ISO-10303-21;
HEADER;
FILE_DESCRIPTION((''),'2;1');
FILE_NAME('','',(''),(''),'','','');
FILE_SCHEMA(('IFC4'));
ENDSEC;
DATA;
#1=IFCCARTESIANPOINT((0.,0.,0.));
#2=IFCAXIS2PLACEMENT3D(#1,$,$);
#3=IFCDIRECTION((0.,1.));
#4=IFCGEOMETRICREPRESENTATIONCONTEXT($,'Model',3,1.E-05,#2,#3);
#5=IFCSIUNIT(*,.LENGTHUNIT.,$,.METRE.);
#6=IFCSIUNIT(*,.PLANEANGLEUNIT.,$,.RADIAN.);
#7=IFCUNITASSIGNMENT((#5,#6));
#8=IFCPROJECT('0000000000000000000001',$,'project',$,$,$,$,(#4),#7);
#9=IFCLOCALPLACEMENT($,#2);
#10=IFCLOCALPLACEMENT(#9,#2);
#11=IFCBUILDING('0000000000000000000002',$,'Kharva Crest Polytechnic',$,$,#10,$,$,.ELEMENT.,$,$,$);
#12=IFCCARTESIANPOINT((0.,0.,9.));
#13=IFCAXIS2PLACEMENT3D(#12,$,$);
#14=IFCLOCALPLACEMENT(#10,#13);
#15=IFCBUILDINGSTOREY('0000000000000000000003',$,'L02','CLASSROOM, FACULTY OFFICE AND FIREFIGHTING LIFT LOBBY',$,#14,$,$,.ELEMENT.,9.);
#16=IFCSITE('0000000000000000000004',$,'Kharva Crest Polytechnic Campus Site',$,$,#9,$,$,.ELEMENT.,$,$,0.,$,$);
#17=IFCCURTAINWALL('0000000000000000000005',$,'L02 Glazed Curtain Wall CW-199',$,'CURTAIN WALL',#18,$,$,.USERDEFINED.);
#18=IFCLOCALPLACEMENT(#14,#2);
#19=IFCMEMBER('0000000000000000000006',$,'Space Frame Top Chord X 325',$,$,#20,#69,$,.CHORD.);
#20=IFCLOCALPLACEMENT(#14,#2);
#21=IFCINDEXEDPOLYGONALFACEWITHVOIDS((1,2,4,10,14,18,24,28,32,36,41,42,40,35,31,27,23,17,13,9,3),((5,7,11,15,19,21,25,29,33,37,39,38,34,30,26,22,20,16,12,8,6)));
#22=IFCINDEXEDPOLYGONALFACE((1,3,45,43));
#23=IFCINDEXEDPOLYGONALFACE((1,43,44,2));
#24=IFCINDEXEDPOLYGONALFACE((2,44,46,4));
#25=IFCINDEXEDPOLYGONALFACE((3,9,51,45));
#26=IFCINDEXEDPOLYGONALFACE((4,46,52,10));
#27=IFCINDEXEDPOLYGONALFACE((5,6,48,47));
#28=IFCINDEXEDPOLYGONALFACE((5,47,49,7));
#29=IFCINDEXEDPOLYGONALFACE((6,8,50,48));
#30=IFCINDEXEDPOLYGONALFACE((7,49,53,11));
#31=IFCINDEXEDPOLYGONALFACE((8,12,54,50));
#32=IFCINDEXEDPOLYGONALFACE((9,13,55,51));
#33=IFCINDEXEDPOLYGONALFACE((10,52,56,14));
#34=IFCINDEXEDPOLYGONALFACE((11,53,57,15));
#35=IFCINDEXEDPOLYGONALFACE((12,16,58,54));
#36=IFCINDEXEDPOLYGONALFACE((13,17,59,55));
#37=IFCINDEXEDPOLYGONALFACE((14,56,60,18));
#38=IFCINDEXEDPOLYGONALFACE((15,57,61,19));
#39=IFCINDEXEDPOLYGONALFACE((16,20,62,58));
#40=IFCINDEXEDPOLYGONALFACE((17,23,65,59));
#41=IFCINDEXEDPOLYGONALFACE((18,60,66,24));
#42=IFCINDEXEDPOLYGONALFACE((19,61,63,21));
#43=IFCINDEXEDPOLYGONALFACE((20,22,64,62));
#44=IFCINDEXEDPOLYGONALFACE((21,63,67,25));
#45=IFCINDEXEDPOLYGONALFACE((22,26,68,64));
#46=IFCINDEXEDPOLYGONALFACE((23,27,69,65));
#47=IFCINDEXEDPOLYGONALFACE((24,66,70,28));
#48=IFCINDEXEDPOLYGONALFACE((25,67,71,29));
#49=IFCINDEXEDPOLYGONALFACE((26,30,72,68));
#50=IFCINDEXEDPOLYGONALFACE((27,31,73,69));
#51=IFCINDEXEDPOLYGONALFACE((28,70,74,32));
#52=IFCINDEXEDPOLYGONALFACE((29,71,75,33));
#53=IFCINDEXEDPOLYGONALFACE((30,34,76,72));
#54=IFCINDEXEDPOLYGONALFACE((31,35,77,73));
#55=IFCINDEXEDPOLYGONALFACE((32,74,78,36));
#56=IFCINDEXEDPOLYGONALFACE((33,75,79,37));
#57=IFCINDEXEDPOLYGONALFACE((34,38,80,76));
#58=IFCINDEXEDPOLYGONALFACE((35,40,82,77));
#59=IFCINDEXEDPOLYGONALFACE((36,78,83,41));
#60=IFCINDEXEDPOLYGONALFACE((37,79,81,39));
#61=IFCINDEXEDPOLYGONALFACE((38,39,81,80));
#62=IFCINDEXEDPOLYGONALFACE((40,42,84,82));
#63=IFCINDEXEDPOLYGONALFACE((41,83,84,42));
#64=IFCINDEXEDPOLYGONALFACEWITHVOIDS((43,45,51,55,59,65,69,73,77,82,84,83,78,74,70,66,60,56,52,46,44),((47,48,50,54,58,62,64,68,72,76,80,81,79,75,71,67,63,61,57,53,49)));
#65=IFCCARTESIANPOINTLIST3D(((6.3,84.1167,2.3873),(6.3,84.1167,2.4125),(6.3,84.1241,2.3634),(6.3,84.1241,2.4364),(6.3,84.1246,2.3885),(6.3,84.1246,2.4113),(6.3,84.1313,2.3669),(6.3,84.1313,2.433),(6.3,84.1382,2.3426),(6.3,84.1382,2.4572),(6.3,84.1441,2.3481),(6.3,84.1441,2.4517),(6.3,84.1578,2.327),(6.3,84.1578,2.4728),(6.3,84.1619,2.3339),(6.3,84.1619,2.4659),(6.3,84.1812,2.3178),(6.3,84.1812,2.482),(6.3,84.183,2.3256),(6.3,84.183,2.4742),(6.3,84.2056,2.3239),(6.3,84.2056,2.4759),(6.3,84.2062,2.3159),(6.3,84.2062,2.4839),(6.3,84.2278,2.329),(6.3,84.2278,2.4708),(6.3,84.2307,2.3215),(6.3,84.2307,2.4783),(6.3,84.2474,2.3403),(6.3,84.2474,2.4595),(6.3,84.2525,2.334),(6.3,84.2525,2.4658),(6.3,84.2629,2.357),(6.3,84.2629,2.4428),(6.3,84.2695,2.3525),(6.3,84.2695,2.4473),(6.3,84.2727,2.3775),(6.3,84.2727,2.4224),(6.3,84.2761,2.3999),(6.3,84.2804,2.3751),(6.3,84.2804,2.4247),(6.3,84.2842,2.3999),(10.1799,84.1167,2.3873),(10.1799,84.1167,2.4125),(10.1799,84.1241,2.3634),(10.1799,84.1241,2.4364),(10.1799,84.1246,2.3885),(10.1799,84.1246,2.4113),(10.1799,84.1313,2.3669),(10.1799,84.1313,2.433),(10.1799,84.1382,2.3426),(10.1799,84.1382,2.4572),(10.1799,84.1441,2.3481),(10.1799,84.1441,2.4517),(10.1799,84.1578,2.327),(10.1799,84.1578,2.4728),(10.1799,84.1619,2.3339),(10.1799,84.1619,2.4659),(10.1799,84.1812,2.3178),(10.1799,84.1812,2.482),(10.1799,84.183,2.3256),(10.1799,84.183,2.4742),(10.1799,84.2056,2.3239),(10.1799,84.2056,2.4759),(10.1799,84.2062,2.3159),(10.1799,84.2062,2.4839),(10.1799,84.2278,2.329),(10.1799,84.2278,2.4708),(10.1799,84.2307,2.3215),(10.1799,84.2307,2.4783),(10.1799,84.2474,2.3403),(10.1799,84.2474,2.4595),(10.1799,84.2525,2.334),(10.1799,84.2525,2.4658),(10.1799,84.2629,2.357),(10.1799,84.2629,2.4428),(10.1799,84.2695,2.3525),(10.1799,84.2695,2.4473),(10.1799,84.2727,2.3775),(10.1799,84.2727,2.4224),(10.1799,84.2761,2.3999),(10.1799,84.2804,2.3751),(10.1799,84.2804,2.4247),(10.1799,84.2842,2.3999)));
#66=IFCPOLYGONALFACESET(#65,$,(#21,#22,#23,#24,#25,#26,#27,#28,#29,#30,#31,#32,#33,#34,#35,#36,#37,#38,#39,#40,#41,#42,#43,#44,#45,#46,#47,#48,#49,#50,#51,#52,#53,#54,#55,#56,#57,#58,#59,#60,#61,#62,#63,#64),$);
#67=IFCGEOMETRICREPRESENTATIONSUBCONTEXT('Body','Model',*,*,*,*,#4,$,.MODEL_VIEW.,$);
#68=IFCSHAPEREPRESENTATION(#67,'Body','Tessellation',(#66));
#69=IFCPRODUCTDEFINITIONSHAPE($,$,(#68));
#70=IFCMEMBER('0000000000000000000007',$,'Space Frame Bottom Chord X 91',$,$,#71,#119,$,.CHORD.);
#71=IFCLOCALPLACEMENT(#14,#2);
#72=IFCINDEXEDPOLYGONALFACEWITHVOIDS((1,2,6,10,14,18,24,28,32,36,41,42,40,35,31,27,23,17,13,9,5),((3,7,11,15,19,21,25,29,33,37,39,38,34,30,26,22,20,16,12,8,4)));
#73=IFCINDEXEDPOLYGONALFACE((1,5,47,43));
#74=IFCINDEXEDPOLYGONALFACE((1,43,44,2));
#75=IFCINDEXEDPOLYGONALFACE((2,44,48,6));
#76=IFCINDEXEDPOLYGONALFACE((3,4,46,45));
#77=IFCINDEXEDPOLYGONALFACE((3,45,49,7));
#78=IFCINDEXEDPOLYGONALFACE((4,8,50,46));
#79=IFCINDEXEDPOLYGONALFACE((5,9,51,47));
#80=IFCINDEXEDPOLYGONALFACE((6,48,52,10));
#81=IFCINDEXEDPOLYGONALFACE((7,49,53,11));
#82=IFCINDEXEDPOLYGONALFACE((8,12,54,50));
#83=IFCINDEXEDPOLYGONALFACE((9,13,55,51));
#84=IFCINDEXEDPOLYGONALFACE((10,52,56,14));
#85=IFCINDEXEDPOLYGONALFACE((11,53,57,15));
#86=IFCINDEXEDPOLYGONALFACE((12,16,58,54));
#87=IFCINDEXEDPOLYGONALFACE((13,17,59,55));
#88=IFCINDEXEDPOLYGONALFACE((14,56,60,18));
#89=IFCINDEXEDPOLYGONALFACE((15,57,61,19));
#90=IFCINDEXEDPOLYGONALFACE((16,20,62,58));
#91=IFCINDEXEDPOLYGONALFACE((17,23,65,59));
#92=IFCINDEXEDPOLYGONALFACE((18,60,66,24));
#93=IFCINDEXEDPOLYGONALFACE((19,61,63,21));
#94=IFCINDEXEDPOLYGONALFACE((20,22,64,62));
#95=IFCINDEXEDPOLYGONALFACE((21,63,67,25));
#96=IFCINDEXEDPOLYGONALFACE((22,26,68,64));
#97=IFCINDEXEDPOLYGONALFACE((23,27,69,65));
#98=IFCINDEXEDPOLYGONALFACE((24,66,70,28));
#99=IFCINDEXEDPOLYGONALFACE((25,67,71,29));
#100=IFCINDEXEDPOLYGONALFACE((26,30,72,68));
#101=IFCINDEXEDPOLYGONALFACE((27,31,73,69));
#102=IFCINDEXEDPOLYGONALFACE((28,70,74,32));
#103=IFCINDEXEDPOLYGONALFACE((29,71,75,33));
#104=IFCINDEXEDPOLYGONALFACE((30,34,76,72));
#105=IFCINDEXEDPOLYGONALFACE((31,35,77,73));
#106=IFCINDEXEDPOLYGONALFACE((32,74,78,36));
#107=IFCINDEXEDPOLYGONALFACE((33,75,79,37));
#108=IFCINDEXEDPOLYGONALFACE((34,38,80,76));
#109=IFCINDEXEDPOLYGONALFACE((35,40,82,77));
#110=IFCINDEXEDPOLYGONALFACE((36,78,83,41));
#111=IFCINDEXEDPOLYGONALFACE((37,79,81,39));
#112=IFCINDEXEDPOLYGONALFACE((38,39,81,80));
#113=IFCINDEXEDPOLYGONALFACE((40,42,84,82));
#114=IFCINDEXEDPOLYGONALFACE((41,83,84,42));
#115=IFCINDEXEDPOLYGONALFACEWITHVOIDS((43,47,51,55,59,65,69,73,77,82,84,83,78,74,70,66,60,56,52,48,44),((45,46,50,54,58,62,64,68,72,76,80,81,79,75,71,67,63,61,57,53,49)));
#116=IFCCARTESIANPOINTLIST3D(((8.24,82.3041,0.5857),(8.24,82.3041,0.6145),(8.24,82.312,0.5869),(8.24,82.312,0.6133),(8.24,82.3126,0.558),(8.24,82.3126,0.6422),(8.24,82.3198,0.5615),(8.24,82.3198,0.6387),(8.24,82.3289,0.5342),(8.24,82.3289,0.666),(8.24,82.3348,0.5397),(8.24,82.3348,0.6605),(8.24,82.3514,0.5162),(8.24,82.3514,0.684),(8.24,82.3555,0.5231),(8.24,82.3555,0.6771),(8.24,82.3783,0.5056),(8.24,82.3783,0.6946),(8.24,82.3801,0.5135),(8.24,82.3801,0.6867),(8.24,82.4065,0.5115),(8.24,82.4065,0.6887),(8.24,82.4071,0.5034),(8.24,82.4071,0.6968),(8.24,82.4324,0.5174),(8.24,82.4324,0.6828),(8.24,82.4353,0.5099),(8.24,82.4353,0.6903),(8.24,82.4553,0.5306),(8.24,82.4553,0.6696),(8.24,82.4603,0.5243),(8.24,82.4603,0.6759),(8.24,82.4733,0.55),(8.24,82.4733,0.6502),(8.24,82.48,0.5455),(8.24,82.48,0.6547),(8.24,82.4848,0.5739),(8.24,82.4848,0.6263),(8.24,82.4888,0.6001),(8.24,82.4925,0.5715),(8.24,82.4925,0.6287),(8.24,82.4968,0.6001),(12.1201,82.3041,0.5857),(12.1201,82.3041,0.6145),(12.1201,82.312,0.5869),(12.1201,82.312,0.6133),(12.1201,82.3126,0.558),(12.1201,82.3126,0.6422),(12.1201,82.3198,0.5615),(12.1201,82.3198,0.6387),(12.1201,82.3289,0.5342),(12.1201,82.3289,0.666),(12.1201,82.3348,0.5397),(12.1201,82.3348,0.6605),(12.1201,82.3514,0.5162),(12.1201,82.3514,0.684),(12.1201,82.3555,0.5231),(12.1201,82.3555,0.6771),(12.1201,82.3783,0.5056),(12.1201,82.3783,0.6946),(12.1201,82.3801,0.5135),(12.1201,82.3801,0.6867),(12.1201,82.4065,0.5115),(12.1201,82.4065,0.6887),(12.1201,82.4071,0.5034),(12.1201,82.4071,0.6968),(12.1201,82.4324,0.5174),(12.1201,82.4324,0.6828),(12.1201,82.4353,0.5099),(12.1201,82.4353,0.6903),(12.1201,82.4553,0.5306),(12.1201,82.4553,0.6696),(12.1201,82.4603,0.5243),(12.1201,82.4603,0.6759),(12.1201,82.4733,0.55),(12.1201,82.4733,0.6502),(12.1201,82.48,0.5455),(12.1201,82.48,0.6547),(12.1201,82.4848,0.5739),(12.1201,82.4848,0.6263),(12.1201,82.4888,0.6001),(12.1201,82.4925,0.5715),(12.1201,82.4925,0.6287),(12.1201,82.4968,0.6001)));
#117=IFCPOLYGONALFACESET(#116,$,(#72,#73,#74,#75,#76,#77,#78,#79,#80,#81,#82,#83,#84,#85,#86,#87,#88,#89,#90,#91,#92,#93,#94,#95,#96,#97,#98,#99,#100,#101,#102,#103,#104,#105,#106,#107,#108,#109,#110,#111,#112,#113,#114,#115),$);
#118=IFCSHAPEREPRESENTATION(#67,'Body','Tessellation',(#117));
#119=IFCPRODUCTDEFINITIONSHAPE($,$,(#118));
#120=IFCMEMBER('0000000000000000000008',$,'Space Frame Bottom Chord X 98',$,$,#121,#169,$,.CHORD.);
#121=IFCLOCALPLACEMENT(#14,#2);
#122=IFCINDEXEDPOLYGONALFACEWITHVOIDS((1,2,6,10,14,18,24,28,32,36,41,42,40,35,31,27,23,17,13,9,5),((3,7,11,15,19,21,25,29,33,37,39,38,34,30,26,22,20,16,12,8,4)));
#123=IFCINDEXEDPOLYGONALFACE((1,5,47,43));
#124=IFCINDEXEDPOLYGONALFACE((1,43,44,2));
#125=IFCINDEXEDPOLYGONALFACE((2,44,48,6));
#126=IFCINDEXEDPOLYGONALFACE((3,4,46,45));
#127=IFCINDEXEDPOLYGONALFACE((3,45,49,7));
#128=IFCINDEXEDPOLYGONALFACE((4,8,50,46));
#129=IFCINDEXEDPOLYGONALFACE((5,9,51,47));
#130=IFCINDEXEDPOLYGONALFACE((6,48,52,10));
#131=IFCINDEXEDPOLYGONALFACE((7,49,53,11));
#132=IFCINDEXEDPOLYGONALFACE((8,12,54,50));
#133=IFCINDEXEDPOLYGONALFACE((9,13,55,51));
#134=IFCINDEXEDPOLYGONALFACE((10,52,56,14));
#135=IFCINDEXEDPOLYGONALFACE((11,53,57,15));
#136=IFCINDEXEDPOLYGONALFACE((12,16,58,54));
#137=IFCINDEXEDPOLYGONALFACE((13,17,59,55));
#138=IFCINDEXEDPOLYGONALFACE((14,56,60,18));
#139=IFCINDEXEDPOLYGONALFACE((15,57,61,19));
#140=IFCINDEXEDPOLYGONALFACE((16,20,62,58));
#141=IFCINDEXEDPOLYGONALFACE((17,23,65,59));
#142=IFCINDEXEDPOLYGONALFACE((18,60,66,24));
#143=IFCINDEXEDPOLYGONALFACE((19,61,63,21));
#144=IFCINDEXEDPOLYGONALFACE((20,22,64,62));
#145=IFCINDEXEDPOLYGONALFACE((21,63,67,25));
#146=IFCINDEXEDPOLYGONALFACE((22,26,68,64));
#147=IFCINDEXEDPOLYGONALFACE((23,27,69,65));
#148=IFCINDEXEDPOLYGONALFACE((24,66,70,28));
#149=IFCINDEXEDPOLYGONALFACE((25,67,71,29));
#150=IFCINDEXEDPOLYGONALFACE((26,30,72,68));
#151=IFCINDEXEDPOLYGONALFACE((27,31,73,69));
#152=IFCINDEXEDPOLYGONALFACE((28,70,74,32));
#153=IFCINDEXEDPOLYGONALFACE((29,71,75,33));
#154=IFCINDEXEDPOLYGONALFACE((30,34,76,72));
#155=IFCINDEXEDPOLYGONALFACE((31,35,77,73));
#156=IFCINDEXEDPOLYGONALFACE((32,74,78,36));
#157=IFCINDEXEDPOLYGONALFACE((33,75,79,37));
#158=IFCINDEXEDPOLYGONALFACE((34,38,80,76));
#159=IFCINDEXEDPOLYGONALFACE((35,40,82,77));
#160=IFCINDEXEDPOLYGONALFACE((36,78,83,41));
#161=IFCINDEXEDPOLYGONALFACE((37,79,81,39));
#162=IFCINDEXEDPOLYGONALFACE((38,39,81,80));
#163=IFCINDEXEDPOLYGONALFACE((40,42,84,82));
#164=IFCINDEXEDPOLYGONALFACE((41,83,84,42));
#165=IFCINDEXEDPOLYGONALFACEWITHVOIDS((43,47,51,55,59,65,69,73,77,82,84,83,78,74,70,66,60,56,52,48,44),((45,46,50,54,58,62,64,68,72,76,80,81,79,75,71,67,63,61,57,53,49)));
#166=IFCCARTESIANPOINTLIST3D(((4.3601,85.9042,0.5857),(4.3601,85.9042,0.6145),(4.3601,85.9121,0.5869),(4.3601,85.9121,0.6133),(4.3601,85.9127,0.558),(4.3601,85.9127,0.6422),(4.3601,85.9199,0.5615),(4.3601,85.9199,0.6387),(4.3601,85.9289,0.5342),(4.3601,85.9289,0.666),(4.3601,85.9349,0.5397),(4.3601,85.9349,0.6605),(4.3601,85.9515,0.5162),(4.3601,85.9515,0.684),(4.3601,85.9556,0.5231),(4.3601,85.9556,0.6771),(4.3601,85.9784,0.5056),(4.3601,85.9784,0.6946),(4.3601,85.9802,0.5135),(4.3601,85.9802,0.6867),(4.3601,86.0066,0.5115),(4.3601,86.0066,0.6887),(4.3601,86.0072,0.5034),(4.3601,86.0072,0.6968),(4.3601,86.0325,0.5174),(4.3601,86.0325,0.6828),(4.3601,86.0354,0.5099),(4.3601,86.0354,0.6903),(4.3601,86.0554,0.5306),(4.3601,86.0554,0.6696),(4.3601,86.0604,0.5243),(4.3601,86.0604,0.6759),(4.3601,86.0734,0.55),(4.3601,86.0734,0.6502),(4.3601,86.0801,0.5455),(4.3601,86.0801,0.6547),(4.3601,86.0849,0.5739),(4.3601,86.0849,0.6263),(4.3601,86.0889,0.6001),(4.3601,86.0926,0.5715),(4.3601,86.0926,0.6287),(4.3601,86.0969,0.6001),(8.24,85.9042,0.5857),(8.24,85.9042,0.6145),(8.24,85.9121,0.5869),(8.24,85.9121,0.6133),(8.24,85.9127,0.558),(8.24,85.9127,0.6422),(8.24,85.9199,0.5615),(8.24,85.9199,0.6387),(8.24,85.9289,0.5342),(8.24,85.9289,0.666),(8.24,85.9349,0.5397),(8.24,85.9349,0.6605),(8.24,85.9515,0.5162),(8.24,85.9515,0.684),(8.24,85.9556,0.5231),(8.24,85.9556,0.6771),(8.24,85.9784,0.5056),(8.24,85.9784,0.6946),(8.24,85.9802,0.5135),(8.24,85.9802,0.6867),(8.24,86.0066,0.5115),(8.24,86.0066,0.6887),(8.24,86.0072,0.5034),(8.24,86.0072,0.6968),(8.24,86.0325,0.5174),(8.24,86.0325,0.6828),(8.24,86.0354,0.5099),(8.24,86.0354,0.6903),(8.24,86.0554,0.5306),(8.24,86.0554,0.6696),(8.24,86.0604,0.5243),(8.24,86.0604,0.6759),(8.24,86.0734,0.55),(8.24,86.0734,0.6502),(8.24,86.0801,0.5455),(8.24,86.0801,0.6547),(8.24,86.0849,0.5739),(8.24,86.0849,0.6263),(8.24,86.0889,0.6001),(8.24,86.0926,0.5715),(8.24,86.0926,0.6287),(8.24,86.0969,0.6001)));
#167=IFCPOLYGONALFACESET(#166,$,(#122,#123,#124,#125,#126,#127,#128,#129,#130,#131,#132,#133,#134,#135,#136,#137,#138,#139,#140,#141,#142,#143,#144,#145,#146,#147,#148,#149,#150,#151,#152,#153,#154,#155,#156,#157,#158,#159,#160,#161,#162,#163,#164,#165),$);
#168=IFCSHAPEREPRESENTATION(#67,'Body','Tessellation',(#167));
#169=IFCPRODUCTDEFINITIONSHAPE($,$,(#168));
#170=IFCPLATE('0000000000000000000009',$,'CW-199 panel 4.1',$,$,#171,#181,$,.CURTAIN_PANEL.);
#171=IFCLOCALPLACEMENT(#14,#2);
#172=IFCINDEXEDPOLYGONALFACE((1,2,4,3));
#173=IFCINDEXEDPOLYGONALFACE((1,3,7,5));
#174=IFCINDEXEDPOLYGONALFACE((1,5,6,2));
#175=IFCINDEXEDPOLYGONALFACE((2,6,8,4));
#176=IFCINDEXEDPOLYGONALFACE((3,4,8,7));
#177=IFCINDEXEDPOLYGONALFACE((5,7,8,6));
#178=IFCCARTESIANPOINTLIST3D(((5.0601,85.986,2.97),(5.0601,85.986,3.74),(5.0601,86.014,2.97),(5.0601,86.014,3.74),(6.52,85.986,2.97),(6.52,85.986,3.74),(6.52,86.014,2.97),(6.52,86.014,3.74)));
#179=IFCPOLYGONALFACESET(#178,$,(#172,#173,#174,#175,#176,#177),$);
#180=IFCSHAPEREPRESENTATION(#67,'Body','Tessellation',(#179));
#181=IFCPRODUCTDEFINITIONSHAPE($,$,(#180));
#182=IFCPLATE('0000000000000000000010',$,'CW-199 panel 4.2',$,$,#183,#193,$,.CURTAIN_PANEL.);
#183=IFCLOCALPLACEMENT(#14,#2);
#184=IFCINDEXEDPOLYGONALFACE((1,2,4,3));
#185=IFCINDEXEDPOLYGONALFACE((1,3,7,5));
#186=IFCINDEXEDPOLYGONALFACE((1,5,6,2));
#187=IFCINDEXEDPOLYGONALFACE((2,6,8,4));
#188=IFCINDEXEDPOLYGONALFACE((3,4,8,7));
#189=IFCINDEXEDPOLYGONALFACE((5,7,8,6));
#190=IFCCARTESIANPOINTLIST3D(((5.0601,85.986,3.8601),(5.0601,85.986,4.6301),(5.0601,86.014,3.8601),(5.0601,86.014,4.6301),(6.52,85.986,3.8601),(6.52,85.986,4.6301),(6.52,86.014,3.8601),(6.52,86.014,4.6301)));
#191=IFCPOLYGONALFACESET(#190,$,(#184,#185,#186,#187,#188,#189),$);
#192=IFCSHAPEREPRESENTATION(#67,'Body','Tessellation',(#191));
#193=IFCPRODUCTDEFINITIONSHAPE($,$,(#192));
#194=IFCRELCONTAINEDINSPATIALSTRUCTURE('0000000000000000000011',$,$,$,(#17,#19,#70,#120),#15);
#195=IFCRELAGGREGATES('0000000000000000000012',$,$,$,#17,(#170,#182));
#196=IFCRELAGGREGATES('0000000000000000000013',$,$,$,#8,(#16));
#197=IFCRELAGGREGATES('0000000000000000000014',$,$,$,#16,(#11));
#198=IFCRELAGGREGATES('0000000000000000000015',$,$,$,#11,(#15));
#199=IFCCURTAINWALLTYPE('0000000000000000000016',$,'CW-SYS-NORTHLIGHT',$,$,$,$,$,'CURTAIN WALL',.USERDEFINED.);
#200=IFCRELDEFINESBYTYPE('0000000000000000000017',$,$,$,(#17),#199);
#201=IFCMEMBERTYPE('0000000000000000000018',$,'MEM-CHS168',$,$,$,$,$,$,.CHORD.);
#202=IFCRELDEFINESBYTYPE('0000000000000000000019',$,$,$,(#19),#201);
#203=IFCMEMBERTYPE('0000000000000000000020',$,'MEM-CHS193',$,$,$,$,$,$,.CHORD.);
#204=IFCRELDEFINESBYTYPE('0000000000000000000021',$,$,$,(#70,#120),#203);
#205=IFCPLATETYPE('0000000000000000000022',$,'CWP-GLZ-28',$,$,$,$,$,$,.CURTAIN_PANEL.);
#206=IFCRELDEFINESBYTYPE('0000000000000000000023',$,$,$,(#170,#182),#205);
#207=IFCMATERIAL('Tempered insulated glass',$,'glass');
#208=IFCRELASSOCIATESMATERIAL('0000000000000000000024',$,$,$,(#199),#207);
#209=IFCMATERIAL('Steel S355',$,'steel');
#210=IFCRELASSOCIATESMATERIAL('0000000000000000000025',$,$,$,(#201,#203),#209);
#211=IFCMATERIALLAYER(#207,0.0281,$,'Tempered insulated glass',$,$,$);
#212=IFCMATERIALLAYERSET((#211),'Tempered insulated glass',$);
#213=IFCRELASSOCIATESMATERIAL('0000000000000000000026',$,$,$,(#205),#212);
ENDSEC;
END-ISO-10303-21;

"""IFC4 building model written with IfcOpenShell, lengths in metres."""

from ifc_helpers import new_model, si_unit, direction, frame, origin, origin_2d, place, context, subcontext, project, spatial, rectangle, hollow_circle, extrude, material, layer, layer_set, material_profile, profile_set, type_object, element, aggregate, save


model = new_model("IFC4")

# Units and contexts
model_context = context("Model", 3, precision=1e-05, world=origin(), true_north=direction((0.0, 1.0)))
body_context = subcontext(model_context, "Body", "Model", "MODEL_VIEW")
ifc_project = project(units=[si_unit("LENGTHUNIT", "METRE"), si_unit("PLANEANGLEUNIT", "RADIAN")], contexts=[model_context])

# Site, building, storey
site_placement = place(None, origin())
site = spatial("IfcSite", under=ifc_project, at=site_placement, Name="Kharva Crest Polytechnic Campus Site", CompositionType="ELEMENT", RefElevation=0.0)
building_placement = place(site_placement, origin())
building = spatial("IfcBuilding", under=site, at=building_placement, Name="Kharva Crest Polytechnic", CompositionType="ELEMENT")
storey_placement = place(building_placement, frame((0.0, 0.0, 9.0)))
storey = spatial("IfcBuildingStorey", under=building, at=storey_placement, Name="L02", Description="CLASSROOM, FACULTY OFFICE AND FIREFIGHTING LIFT LOBBY", CompositionType="ELEMENT", Elevation=9.0)

# Curtain wall
ifc_material_1 = material(Name="Tempered insulated glass", Category="glass")
curtain_wall_type = type_object("IfcCurtainWallType", Name="CW-SYS-NORTHLIGHT", ElementType="CURTAIN WALL", PredefinedType="USERDEFINED", material=ifc_material_1)
curtain_wall_placement = place(storey_placement, origin())
curtain_wall = element("IfcCurtainWall", 1, at=curtain_wall_placement, inside=storey, type_object=curtain_wall_type, Name="L02 Glazed Curtain Wall CW-199", ObjectType="CURTAIN WALL", PredefinedType="USERDEFINED")
ifc_material_2 = material(Name="Steel S355", Category="steel")

# Members
ifc_material_profile_1 = material_profile(ifc_material_2, hollow_circle(Radius=0.0842, WallThickness=0.0081, at=origin_2d()), Name="CHS 168.3X8.0")
ifc_profile_set_1 = profile_set([ifc_material_profile_1], Name="Steel S355")
member_type_1 = type_object("IfcMemberType", Name="MEM-CHS168", PredefinedType="CHORD", material=ifc_profile_set_1)
for number, where, z_axis, x_axis, name in (
    (2, (6.3, 84.2, 2.3999), (1.0, 0.0, 0.0), (0.0, 1.0, 0.0), "Space Frame Top Chord X 325"),
):
    element("IfcMember", number, at=place(storey_placement, frame(where, z_axis=z_axis, x_axis=x_axis)), inside=storey, type_object=member_type_1, Name=name, PredefinedType="CHORD", context=body_context, shape_type="SweptSolid", body=[
        extrude(hollow_circle(Radius=0.0842, WallThickness=0.0081, at=origin_2d()), origin(), (0.0, 0.0, 1.0), 3.8799),
    ])
ifc_material_profile_2 = material_profile(ifc_material_2, hollow_circle(Radius=0.0969, WallThickness=0.0081, at=origin_2d()), Name="CHS 193.7X8.0")
ifc_profile_set_2 = profile_set([ifc_material_profile_2], Name="Steel S355")
member_type_2 = type_object("IfcMemberType", Name="MEM-CHS193", PredefinedType="CHORD", material=ifc_profile_set_2)
member_1_placement = place(storey_placement, frame((8.24, 82.3999, 0.6001), z_axis=(1.0, 0.0, 0.0), x_axis=(0.0, 1.0, 0.0)))
element("IfcMember", 3, at=member_1_placement, inside=storey, type_object=member_type_2, Name="Space Frame Bottom Chord X 91", PredefinedType="CHORD", context=body_context, shape_type="SweptSolid", body=[
    extrude(hollow_circle(Radius=0.0969, WallThickness=0.0081, at=origin_2d()), origin(), (0.0, 0.0, 1.0), 3.8801),
])
member_2_placement = place(storey_placement, frame((4.3601, 86.0, 0.6001), z_axis=(1.0, 0.0, 0.0), x_axis=(0.0, 1.0, 0.0)))
element("IfcMember", 4, at=member_2_placement, inside=storey, type_object=member_type_2, Name="Space Frame Bottom Chord X 98", PredefinedType="CHORD", context=body_context, shape_type="SweptSolid", body=[
    extrude(hollow_circle(Radius=0.0969, WallThickness=0.0081, at=origin_2d()), origin(), (0.0, 0.0, 1.0), 3.8799),
])

# Plates
ifc_layer = layer(ifc_material_1, 0.0281, Name="Tempered insulated glass")
ifc_layer_set = layer_set([ifc_layer], Name="Tempered insulated glass")
plate_type = type_object("IfcPlateType", Name="CWP-GLZ-28", PredefinedType="CURTAIN_PANEL", material=ifc_layer_set)
plate_1_placement = place(storey_placement, frame((5.79, 86.0, 2.97), z_axis=(0.0, 0.0, 1.0), x_axis=(1.0, 0.0, 0.0)))
plate_1 = element("IfcPlate", 5, at=plate_1_placement, type_object=plate_type, Name="CW-199 panel 4.1", PredefinedType="CURTAIN_PANEL", context=body_context, shape_type="SweptSolid", body=[
    extrude(rectangle(XDim=1.46, YDim=0.0281, at=origin_2d()), origin(), (0.0, 0.0, 1.0), 0.77),
])
plate_2_placement = place(storey_placement, frame((5.79, 86.0, 3.8601), z_axis=(0.0, 0.0, 1.0), x_axis=(1.0, 0.0, 0.0)))
plate_2 = element("IfcPlate", 6, at=plate_2_placement, type_object=plate_type, Name="CW-199 panel 4.2", PredefinedType="CURTAIN_PANEL", context=body_context, shape_type="SweptSolid", body=[
    extrude(rectangle(XDim=1.46, YDim=0.0281, at=origin_2d()), origin(), (0.0, 0.0, 1.0), 0.77),
])
aggregate(curtain_wall, [plate_1, plate_2])

save(model, "model.ifc")
